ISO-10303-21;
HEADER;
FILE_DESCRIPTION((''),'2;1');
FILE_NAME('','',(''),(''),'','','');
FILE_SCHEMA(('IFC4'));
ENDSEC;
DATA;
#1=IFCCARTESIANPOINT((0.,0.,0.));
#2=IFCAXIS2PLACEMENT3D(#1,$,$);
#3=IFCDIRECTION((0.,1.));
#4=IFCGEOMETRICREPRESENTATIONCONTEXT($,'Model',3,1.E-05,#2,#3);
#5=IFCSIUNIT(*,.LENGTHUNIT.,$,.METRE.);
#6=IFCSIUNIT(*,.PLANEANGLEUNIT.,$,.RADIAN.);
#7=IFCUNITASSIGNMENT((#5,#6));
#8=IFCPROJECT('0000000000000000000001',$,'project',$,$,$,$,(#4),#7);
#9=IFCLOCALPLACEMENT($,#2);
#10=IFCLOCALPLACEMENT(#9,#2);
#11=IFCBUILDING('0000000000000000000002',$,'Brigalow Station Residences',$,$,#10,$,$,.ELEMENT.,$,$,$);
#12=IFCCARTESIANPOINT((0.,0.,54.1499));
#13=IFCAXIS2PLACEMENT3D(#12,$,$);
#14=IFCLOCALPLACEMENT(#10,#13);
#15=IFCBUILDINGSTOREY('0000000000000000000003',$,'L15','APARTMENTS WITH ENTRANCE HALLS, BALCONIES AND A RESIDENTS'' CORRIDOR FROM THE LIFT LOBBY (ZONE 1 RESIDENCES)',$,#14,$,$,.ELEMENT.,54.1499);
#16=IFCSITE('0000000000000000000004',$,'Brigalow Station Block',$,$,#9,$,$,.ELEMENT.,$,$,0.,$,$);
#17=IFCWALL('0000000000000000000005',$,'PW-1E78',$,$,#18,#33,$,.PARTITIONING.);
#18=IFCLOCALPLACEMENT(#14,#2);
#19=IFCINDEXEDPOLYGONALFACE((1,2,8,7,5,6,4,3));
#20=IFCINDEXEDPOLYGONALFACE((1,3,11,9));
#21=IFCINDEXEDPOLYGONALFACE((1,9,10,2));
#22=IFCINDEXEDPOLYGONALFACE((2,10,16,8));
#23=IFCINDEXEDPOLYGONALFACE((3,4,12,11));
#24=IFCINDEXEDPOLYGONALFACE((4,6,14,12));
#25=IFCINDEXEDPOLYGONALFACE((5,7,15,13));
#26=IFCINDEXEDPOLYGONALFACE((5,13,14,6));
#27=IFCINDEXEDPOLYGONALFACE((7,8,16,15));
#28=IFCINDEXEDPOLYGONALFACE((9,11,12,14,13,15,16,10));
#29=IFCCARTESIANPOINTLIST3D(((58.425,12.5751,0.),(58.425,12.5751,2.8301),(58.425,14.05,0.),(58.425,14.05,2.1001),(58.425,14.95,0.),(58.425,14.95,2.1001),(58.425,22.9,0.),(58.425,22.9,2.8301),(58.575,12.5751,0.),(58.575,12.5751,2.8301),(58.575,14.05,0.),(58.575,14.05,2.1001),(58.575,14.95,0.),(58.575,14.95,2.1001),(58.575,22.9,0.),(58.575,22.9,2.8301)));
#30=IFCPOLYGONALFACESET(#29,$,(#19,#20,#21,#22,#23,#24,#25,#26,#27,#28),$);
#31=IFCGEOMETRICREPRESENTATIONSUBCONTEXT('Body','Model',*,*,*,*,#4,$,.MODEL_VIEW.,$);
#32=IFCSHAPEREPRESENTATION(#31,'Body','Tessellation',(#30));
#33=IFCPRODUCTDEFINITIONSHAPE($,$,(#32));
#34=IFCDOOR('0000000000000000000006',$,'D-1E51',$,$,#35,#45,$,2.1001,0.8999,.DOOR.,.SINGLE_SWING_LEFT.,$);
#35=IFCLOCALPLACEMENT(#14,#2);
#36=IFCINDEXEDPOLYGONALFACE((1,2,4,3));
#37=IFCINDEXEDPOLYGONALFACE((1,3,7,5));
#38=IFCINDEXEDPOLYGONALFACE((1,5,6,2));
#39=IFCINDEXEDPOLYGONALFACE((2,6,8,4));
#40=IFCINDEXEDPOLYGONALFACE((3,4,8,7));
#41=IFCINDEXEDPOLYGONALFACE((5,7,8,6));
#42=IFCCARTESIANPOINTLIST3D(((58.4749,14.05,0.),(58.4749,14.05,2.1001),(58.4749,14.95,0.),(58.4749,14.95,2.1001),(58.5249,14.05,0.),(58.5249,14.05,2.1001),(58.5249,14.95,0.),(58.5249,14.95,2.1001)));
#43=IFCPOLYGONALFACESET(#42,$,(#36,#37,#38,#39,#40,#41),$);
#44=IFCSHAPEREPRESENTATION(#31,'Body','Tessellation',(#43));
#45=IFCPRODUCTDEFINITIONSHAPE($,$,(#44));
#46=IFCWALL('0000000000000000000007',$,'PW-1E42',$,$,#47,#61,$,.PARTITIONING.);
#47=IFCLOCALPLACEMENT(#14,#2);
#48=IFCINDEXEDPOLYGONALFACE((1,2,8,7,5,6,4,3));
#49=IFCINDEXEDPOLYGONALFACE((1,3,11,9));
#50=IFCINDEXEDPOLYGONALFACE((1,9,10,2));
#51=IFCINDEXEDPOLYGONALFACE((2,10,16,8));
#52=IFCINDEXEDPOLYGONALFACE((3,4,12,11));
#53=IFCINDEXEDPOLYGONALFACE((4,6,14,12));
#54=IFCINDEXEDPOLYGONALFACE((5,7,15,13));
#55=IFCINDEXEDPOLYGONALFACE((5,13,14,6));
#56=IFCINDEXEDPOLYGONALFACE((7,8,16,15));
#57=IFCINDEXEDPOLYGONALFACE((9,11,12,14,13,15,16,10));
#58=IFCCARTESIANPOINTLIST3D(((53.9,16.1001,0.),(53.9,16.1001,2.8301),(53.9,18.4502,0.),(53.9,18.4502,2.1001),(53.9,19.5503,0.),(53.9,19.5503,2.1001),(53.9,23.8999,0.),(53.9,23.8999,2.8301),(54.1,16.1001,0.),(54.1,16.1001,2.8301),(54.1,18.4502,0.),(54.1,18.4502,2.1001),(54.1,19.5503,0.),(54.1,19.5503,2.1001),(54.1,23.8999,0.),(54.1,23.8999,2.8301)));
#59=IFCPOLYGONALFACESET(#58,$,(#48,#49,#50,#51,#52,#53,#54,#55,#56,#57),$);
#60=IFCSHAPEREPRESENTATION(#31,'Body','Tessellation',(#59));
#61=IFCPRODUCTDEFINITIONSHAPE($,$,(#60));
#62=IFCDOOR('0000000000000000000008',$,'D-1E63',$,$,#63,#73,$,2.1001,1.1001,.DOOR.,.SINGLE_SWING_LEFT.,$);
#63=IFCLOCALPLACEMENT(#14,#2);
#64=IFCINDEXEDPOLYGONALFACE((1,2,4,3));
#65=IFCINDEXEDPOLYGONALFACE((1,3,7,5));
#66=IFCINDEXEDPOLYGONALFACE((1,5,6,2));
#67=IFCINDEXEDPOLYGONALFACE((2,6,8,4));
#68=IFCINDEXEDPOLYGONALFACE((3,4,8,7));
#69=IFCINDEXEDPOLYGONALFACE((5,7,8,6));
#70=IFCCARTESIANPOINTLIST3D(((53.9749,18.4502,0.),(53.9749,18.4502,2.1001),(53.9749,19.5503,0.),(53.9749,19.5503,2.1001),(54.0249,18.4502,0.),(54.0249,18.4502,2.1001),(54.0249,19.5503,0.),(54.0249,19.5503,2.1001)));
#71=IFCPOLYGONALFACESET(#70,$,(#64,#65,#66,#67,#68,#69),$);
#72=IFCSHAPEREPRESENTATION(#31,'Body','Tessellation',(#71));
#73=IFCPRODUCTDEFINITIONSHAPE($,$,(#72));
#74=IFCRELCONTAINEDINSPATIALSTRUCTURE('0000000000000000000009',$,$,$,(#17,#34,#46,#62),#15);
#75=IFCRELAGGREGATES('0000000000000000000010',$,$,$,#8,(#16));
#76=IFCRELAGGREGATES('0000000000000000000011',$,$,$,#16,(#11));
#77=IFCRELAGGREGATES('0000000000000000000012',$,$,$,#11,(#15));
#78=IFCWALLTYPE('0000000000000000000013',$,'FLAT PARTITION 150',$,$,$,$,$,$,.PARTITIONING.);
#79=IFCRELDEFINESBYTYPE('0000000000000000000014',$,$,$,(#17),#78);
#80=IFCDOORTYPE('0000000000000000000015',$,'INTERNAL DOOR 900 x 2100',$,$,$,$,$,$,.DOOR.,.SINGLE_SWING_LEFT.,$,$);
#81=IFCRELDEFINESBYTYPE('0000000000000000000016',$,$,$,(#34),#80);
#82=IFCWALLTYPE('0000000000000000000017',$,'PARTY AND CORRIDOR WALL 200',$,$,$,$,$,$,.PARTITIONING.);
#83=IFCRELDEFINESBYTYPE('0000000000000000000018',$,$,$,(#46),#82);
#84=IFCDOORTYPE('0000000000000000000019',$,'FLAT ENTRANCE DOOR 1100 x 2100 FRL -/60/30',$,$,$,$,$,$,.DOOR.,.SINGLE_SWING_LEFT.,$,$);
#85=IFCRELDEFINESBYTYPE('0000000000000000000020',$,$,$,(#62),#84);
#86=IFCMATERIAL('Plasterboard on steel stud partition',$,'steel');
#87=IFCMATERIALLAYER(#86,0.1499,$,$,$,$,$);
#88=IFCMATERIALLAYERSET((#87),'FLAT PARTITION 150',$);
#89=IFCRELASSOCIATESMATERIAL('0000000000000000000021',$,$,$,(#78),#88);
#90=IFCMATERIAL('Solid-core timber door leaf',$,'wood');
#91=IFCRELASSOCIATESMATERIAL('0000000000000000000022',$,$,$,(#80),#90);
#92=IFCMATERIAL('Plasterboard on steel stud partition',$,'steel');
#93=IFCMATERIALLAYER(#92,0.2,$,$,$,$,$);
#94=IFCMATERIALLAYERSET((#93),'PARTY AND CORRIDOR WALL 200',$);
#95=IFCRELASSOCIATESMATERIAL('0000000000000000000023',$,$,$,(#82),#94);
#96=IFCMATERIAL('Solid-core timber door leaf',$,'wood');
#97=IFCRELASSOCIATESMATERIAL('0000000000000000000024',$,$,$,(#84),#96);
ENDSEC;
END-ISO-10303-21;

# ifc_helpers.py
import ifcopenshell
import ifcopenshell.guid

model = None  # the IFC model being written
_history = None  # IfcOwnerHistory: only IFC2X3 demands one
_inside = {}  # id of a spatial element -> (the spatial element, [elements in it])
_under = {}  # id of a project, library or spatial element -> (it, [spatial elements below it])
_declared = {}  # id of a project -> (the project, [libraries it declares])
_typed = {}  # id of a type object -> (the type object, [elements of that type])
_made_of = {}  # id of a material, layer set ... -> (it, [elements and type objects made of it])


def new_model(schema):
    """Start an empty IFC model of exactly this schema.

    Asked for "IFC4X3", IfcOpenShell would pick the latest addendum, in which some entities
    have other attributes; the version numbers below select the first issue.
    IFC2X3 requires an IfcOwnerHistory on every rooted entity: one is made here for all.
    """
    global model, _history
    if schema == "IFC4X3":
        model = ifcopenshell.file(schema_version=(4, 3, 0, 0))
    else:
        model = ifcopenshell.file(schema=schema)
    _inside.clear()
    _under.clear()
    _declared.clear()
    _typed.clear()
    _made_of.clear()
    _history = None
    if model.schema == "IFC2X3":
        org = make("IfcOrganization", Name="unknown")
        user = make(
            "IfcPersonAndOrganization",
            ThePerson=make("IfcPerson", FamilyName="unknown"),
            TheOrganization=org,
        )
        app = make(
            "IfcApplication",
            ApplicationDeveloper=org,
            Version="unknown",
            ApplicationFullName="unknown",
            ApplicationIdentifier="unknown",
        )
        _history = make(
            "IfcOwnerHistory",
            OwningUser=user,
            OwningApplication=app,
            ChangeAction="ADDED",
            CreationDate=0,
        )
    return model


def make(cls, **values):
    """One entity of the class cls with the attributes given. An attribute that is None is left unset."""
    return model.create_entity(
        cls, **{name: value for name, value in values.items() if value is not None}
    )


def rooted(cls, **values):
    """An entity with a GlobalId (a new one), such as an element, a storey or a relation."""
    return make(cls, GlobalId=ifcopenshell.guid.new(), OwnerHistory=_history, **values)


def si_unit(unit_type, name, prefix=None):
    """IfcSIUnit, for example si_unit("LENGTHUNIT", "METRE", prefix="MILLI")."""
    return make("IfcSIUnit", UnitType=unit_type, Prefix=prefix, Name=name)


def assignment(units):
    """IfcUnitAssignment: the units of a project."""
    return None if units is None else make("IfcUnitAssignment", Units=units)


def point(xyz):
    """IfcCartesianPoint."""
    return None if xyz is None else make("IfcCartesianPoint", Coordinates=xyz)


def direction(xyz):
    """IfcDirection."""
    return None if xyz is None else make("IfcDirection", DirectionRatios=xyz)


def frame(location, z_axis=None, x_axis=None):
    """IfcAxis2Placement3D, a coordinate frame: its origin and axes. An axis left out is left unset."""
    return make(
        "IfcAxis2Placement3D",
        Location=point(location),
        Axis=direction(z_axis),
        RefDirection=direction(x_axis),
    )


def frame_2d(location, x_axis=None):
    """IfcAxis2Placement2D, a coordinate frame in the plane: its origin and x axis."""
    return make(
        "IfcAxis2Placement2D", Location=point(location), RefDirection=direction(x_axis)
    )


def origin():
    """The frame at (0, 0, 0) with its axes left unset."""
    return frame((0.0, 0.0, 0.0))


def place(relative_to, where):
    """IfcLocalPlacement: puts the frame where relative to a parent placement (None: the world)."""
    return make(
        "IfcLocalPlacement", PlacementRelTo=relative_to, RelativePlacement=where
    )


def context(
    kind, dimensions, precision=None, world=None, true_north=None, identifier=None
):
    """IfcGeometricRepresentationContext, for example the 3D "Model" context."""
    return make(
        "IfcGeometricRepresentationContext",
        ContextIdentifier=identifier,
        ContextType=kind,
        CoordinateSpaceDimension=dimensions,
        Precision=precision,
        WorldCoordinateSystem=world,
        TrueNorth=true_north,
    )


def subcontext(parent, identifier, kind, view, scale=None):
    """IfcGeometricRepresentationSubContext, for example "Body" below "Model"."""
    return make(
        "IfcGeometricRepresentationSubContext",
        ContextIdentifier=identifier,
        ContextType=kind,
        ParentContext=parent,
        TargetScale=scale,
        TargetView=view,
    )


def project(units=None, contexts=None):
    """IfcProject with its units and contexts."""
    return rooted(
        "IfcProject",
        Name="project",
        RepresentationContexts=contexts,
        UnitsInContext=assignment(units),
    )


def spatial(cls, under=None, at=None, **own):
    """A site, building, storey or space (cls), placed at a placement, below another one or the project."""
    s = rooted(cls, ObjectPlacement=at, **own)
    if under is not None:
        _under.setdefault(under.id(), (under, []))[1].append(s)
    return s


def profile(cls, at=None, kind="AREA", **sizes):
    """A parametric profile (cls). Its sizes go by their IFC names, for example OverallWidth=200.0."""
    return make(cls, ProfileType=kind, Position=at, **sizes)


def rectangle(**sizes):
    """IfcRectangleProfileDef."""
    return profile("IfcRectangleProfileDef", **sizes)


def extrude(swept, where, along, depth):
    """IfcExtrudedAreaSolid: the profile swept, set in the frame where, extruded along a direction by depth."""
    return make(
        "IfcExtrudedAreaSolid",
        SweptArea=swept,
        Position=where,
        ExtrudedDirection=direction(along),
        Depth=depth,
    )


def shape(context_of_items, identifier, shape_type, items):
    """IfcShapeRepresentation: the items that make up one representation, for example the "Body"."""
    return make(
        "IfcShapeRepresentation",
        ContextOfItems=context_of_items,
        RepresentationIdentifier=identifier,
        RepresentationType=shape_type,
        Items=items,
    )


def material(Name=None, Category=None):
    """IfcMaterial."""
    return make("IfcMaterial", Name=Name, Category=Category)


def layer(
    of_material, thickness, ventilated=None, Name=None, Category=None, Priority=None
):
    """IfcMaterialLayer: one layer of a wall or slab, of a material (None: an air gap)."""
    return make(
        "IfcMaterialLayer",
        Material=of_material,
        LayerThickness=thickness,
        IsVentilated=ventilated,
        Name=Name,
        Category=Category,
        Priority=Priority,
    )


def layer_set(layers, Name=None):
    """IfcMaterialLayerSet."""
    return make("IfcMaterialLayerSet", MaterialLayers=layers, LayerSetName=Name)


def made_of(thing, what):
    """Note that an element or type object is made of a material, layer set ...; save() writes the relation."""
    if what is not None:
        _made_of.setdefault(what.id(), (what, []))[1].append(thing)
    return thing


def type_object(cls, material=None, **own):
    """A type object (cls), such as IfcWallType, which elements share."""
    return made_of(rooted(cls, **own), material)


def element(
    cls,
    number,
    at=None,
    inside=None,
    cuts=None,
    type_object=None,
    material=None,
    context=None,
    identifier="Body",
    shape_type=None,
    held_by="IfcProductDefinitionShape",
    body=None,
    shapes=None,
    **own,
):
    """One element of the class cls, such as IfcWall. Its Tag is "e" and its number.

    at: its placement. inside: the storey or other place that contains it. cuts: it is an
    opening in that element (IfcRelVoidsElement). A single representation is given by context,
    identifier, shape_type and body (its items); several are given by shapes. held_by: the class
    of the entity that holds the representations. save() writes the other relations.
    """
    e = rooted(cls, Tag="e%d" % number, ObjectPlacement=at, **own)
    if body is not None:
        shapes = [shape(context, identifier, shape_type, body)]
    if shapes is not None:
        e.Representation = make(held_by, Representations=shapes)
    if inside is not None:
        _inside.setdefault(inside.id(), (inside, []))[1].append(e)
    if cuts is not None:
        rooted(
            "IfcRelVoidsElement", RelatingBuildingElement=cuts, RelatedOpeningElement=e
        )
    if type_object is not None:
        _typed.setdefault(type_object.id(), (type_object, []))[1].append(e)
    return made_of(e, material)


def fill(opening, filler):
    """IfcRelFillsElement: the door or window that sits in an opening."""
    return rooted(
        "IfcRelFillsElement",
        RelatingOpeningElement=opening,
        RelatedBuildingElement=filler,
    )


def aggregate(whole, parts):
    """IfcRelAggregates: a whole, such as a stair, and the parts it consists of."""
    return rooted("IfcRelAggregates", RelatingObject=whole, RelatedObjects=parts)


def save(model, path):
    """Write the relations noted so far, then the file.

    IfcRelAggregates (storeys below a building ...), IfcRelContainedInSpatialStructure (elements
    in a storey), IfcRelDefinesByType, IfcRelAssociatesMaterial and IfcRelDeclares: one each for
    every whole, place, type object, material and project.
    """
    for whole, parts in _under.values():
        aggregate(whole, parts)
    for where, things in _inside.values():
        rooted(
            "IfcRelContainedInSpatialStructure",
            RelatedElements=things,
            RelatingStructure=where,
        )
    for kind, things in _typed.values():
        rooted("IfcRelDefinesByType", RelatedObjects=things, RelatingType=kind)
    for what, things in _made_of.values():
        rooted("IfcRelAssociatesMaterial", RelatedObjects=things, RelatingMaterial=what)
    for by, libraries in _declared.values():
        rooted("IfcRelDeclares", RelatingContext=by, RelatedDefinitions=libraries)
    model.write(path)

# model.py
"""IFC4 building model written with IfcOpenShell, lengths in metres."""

from ifc_helpers import new_model, si_unit, direction, frame, frame_2d, origin, place, context, subcontext, project, spatial, rectangle, extrude, material, layer, layer_set, type_object, element, fill, save


model = new_model("IFC4")

# Units and contexts
model_context = context("Model", 3, precision=1e-05, world=origin(), true_north=direction((0.0, 1.0)))
body_context = subcontext(model_context, "Body", "Model", "MODEL_VIEW")
ifc_project = project(units=[si_unit("LENGTHUNIT", "METRE"), si_unit("PLANEANGLEUNIT", "RADIAN")], contexts=[model_context])

# Site, building, storey
site_placement = place(None, origin())
site = spatial("IfcSite", under=ifc_project, at=site_placement, Name="Brigalow Station Block", CompositionType="ELEMENT", RefElevation=0.0)
building_placement = place(site_placement, origin())
building = spatial("IfcBuilding", under=site, at=building_placement, Name="Brigalow Station Residences", CompositionType="ELEMENT")
storey_placement = place(building_placement, frame((0.0, 0.0, 54.1499)))
storey = spatial("IfcBuildingStorey", under=building, at=storey_placement, Name="L15", Description="APARTMENTS WITH ENTRANCE HALLS, BALCONIES AND A RESIDENTS' CORRIDOR FROM THE LIFT LOBBY (ZONE 1 RESIDENCES)", CompositionType="ELEMENT", Elevation=54.1499)

# Shared definitions
ifc_material_1 = material(Name="Plasterboard on steel stud partition", Category="steel")
ifc_layer_1 = layer(ifc_material_1, 0.1499)
ifc_layer_set_1 = layer_set([ifc_layer_1], Name="FLAT PARTITION 150")
wall_type_1 = type_object("IfcWallType", Name="FLAT PARTITION 150", PredefinedType="PARTITIONING", material=ifc_layer_set_1)

# Walls, openings, doors
ifc_material_2 = material(Name="Solid-core timber door leaf", Category="wood")
door_type_1 = type_object("IfcDoorType", Name="INTERNAL DOOR 900 x 2100", OperationType="SINGLE_SWING_LEFT", PredefinedType="DOOR", material=ifc_material_2)
wall_1_placement = place(storey_placement, frame((58.5, 12.575, 0.0), z_axis=(0.0, 0.0, 1.0), x_axis=(0.0, 1.0, 0.0)))
wall_1 = element("IfcWall", 1, at=wall_1_placement, inside=storey, type_object=wall_type_1, Name="PW-1E78", PredefinedType="PARTITIONING", context=body_context, shape_type="SweptSolid", body=[
    extrude(rectangle(XDim=10.325, YDim=0.1499, at=frame_2d((5.1626, 0.0))), origin(), (0.0, 0.0, 1.0), 2.8301),
])
opening_1_placement = place(wall_1_placement, frame((1.4751, 0.0, 0.0)))
opening_1 = element("IfcOpeningElement", 2, at=opening_1_placement, cuts=wall_1, PredefinedType="OPENING", context=body_context, shape_type="SweptSolid", body=[
    extrude(rectangle(XDim=0.8999, YDim=2.1001, at=frame_2d((0.45, 1.05))), frame((0.0, 0.085, 0.0), z_axis=(0.0, -1.0, 0.0), x_axis=(1.0, 0.0, 0.0)), (0.0, 0.0, 1.0), 0.1699),
])
door_1_placement = place(opening_1_placement, frame((0.8999, 0.0, 0.0), z_axis=(0.0, 0.0, 1.0), x_axis=(-1.0, 0.0, 0.0)))
door_1 = element("IfcDoor", 3, at=door_1_placement, inside=storey, type_object=door_type_1, Name="D-1E51", OperationType="SINGLE_SWING_LEFT", OverallHeight=2.1001, OverallWidth=0.8999, PredefinedType="DOOR", context=body_context, shape_type="SweptSolid", body=[
    extrude(rectangle(XDim=0.8999, YDim=2.1001, at=frame_2d((0.45, 1.05))), frame((0.0, 0.0249, 0.0), z_axis=(0.0, -1.0, 0.0), x_axis=(1.0, 0.0, 0.0)), (0.0, 0.0, 1.0), 0.05),
])
fill(opening_1, door_1)
ifc_material_3 = material(Name="Plasterboard on steel stud partition", Category="steel")
ifc_layer_2 = layer(ifc_material_3, 0.2)
ifc_layer_set_2 = layer_set([ifc_layer_2], Name="PARTY AND CORRIDOR WALL 200")
wall_type_2 = type_object("IfcWallType", Name="PARTY AND CORRIDOR WALL 200", PredefinedType="PARTITIONING", material=ifc_layer_set_2)
wall_2_placement = place(storey_placement, frame((54.0, 16.1001, 0.0), z_axis=(0.0, 0.0, 1.0), x_axis=(0.0, 1.0, 0.0)))
wall_2 = element("IfcWall", 4, at=wall_2_placement, inside=storey, type_object=wall_type_2, Name="PW-1E42", PredefinedType="PARTITIONING", context=body_context, shape_type="SweptSolid", body=[
    extrude(rectangle(XDim=7.7998, YDim=0.2, at=frame_2d((3.8999, 0.0))), origin(), (0.0, 0.0, 1.0), 2.8301),
])
opening_2_placement = place(wall_2_placement, frame((2.3501, 0.0, 0.0)))
opening_2 = element("IfcOpeningElement", 5, at=opening_2_placement, cuts=wall_2, PredefinedType="OPENING", context=body_context, shape_type="SweptSolid", body=[
    extrude(rectangle(XDim=1.1001, YDim=2.1001, at=frame_2d((0.55, 1.05))), frame((0.0, 0.1099, 0.0), z_axis=(0.0, -1.0, 0.0), x_axis=(1.0, 0.0, 0.0)), (0.0, 0.0, 1.0), 0.22),
])
ifc_material_4 = material(Name="Solid-core timber door leaf", Category="wood")
door_type_2 = type_object("IfcDoorType", Name="FLAT ENTRANCE DOOR 1100 x 2100 FRL -/60/30", OperationType="SINGLE_SWING_LEFT", PredefinedType="DOOR", material=ifc_material_4)
door_2_placement = place(opening_2_placement, frame((1.1001, 0.0, 0.0), z_axis=(0.0, 0.0, 1.0), x_axis=(-1.0, 0.0, 0.0)))
door_2 = element("IfcDoor", 6, at=door_2_placement, inside=storey, type_object=door_type_2, Name="D-1E63", OperationType="SINGLE_SWING_LEFT", OverallHeight=2.1001, OverallWidth=1.1001, PredefinedType="DOOR", context=body_context, shape_type="SweptSolid", body=[
    extrude(rectangle(XDim=1.1001, YDim=2.1001, at=frame_2d((0.55, 1.05))), frame((0.0, 0.0249, 0.0), z_axis=(0.0, -1.0, 0.0), x_axis=(1.0, 0.0, 0.0)), (0.0, 0.0, 1.0), 0.05),
])
fill(opening_2, door_2)

save(model, "model.ifc")
